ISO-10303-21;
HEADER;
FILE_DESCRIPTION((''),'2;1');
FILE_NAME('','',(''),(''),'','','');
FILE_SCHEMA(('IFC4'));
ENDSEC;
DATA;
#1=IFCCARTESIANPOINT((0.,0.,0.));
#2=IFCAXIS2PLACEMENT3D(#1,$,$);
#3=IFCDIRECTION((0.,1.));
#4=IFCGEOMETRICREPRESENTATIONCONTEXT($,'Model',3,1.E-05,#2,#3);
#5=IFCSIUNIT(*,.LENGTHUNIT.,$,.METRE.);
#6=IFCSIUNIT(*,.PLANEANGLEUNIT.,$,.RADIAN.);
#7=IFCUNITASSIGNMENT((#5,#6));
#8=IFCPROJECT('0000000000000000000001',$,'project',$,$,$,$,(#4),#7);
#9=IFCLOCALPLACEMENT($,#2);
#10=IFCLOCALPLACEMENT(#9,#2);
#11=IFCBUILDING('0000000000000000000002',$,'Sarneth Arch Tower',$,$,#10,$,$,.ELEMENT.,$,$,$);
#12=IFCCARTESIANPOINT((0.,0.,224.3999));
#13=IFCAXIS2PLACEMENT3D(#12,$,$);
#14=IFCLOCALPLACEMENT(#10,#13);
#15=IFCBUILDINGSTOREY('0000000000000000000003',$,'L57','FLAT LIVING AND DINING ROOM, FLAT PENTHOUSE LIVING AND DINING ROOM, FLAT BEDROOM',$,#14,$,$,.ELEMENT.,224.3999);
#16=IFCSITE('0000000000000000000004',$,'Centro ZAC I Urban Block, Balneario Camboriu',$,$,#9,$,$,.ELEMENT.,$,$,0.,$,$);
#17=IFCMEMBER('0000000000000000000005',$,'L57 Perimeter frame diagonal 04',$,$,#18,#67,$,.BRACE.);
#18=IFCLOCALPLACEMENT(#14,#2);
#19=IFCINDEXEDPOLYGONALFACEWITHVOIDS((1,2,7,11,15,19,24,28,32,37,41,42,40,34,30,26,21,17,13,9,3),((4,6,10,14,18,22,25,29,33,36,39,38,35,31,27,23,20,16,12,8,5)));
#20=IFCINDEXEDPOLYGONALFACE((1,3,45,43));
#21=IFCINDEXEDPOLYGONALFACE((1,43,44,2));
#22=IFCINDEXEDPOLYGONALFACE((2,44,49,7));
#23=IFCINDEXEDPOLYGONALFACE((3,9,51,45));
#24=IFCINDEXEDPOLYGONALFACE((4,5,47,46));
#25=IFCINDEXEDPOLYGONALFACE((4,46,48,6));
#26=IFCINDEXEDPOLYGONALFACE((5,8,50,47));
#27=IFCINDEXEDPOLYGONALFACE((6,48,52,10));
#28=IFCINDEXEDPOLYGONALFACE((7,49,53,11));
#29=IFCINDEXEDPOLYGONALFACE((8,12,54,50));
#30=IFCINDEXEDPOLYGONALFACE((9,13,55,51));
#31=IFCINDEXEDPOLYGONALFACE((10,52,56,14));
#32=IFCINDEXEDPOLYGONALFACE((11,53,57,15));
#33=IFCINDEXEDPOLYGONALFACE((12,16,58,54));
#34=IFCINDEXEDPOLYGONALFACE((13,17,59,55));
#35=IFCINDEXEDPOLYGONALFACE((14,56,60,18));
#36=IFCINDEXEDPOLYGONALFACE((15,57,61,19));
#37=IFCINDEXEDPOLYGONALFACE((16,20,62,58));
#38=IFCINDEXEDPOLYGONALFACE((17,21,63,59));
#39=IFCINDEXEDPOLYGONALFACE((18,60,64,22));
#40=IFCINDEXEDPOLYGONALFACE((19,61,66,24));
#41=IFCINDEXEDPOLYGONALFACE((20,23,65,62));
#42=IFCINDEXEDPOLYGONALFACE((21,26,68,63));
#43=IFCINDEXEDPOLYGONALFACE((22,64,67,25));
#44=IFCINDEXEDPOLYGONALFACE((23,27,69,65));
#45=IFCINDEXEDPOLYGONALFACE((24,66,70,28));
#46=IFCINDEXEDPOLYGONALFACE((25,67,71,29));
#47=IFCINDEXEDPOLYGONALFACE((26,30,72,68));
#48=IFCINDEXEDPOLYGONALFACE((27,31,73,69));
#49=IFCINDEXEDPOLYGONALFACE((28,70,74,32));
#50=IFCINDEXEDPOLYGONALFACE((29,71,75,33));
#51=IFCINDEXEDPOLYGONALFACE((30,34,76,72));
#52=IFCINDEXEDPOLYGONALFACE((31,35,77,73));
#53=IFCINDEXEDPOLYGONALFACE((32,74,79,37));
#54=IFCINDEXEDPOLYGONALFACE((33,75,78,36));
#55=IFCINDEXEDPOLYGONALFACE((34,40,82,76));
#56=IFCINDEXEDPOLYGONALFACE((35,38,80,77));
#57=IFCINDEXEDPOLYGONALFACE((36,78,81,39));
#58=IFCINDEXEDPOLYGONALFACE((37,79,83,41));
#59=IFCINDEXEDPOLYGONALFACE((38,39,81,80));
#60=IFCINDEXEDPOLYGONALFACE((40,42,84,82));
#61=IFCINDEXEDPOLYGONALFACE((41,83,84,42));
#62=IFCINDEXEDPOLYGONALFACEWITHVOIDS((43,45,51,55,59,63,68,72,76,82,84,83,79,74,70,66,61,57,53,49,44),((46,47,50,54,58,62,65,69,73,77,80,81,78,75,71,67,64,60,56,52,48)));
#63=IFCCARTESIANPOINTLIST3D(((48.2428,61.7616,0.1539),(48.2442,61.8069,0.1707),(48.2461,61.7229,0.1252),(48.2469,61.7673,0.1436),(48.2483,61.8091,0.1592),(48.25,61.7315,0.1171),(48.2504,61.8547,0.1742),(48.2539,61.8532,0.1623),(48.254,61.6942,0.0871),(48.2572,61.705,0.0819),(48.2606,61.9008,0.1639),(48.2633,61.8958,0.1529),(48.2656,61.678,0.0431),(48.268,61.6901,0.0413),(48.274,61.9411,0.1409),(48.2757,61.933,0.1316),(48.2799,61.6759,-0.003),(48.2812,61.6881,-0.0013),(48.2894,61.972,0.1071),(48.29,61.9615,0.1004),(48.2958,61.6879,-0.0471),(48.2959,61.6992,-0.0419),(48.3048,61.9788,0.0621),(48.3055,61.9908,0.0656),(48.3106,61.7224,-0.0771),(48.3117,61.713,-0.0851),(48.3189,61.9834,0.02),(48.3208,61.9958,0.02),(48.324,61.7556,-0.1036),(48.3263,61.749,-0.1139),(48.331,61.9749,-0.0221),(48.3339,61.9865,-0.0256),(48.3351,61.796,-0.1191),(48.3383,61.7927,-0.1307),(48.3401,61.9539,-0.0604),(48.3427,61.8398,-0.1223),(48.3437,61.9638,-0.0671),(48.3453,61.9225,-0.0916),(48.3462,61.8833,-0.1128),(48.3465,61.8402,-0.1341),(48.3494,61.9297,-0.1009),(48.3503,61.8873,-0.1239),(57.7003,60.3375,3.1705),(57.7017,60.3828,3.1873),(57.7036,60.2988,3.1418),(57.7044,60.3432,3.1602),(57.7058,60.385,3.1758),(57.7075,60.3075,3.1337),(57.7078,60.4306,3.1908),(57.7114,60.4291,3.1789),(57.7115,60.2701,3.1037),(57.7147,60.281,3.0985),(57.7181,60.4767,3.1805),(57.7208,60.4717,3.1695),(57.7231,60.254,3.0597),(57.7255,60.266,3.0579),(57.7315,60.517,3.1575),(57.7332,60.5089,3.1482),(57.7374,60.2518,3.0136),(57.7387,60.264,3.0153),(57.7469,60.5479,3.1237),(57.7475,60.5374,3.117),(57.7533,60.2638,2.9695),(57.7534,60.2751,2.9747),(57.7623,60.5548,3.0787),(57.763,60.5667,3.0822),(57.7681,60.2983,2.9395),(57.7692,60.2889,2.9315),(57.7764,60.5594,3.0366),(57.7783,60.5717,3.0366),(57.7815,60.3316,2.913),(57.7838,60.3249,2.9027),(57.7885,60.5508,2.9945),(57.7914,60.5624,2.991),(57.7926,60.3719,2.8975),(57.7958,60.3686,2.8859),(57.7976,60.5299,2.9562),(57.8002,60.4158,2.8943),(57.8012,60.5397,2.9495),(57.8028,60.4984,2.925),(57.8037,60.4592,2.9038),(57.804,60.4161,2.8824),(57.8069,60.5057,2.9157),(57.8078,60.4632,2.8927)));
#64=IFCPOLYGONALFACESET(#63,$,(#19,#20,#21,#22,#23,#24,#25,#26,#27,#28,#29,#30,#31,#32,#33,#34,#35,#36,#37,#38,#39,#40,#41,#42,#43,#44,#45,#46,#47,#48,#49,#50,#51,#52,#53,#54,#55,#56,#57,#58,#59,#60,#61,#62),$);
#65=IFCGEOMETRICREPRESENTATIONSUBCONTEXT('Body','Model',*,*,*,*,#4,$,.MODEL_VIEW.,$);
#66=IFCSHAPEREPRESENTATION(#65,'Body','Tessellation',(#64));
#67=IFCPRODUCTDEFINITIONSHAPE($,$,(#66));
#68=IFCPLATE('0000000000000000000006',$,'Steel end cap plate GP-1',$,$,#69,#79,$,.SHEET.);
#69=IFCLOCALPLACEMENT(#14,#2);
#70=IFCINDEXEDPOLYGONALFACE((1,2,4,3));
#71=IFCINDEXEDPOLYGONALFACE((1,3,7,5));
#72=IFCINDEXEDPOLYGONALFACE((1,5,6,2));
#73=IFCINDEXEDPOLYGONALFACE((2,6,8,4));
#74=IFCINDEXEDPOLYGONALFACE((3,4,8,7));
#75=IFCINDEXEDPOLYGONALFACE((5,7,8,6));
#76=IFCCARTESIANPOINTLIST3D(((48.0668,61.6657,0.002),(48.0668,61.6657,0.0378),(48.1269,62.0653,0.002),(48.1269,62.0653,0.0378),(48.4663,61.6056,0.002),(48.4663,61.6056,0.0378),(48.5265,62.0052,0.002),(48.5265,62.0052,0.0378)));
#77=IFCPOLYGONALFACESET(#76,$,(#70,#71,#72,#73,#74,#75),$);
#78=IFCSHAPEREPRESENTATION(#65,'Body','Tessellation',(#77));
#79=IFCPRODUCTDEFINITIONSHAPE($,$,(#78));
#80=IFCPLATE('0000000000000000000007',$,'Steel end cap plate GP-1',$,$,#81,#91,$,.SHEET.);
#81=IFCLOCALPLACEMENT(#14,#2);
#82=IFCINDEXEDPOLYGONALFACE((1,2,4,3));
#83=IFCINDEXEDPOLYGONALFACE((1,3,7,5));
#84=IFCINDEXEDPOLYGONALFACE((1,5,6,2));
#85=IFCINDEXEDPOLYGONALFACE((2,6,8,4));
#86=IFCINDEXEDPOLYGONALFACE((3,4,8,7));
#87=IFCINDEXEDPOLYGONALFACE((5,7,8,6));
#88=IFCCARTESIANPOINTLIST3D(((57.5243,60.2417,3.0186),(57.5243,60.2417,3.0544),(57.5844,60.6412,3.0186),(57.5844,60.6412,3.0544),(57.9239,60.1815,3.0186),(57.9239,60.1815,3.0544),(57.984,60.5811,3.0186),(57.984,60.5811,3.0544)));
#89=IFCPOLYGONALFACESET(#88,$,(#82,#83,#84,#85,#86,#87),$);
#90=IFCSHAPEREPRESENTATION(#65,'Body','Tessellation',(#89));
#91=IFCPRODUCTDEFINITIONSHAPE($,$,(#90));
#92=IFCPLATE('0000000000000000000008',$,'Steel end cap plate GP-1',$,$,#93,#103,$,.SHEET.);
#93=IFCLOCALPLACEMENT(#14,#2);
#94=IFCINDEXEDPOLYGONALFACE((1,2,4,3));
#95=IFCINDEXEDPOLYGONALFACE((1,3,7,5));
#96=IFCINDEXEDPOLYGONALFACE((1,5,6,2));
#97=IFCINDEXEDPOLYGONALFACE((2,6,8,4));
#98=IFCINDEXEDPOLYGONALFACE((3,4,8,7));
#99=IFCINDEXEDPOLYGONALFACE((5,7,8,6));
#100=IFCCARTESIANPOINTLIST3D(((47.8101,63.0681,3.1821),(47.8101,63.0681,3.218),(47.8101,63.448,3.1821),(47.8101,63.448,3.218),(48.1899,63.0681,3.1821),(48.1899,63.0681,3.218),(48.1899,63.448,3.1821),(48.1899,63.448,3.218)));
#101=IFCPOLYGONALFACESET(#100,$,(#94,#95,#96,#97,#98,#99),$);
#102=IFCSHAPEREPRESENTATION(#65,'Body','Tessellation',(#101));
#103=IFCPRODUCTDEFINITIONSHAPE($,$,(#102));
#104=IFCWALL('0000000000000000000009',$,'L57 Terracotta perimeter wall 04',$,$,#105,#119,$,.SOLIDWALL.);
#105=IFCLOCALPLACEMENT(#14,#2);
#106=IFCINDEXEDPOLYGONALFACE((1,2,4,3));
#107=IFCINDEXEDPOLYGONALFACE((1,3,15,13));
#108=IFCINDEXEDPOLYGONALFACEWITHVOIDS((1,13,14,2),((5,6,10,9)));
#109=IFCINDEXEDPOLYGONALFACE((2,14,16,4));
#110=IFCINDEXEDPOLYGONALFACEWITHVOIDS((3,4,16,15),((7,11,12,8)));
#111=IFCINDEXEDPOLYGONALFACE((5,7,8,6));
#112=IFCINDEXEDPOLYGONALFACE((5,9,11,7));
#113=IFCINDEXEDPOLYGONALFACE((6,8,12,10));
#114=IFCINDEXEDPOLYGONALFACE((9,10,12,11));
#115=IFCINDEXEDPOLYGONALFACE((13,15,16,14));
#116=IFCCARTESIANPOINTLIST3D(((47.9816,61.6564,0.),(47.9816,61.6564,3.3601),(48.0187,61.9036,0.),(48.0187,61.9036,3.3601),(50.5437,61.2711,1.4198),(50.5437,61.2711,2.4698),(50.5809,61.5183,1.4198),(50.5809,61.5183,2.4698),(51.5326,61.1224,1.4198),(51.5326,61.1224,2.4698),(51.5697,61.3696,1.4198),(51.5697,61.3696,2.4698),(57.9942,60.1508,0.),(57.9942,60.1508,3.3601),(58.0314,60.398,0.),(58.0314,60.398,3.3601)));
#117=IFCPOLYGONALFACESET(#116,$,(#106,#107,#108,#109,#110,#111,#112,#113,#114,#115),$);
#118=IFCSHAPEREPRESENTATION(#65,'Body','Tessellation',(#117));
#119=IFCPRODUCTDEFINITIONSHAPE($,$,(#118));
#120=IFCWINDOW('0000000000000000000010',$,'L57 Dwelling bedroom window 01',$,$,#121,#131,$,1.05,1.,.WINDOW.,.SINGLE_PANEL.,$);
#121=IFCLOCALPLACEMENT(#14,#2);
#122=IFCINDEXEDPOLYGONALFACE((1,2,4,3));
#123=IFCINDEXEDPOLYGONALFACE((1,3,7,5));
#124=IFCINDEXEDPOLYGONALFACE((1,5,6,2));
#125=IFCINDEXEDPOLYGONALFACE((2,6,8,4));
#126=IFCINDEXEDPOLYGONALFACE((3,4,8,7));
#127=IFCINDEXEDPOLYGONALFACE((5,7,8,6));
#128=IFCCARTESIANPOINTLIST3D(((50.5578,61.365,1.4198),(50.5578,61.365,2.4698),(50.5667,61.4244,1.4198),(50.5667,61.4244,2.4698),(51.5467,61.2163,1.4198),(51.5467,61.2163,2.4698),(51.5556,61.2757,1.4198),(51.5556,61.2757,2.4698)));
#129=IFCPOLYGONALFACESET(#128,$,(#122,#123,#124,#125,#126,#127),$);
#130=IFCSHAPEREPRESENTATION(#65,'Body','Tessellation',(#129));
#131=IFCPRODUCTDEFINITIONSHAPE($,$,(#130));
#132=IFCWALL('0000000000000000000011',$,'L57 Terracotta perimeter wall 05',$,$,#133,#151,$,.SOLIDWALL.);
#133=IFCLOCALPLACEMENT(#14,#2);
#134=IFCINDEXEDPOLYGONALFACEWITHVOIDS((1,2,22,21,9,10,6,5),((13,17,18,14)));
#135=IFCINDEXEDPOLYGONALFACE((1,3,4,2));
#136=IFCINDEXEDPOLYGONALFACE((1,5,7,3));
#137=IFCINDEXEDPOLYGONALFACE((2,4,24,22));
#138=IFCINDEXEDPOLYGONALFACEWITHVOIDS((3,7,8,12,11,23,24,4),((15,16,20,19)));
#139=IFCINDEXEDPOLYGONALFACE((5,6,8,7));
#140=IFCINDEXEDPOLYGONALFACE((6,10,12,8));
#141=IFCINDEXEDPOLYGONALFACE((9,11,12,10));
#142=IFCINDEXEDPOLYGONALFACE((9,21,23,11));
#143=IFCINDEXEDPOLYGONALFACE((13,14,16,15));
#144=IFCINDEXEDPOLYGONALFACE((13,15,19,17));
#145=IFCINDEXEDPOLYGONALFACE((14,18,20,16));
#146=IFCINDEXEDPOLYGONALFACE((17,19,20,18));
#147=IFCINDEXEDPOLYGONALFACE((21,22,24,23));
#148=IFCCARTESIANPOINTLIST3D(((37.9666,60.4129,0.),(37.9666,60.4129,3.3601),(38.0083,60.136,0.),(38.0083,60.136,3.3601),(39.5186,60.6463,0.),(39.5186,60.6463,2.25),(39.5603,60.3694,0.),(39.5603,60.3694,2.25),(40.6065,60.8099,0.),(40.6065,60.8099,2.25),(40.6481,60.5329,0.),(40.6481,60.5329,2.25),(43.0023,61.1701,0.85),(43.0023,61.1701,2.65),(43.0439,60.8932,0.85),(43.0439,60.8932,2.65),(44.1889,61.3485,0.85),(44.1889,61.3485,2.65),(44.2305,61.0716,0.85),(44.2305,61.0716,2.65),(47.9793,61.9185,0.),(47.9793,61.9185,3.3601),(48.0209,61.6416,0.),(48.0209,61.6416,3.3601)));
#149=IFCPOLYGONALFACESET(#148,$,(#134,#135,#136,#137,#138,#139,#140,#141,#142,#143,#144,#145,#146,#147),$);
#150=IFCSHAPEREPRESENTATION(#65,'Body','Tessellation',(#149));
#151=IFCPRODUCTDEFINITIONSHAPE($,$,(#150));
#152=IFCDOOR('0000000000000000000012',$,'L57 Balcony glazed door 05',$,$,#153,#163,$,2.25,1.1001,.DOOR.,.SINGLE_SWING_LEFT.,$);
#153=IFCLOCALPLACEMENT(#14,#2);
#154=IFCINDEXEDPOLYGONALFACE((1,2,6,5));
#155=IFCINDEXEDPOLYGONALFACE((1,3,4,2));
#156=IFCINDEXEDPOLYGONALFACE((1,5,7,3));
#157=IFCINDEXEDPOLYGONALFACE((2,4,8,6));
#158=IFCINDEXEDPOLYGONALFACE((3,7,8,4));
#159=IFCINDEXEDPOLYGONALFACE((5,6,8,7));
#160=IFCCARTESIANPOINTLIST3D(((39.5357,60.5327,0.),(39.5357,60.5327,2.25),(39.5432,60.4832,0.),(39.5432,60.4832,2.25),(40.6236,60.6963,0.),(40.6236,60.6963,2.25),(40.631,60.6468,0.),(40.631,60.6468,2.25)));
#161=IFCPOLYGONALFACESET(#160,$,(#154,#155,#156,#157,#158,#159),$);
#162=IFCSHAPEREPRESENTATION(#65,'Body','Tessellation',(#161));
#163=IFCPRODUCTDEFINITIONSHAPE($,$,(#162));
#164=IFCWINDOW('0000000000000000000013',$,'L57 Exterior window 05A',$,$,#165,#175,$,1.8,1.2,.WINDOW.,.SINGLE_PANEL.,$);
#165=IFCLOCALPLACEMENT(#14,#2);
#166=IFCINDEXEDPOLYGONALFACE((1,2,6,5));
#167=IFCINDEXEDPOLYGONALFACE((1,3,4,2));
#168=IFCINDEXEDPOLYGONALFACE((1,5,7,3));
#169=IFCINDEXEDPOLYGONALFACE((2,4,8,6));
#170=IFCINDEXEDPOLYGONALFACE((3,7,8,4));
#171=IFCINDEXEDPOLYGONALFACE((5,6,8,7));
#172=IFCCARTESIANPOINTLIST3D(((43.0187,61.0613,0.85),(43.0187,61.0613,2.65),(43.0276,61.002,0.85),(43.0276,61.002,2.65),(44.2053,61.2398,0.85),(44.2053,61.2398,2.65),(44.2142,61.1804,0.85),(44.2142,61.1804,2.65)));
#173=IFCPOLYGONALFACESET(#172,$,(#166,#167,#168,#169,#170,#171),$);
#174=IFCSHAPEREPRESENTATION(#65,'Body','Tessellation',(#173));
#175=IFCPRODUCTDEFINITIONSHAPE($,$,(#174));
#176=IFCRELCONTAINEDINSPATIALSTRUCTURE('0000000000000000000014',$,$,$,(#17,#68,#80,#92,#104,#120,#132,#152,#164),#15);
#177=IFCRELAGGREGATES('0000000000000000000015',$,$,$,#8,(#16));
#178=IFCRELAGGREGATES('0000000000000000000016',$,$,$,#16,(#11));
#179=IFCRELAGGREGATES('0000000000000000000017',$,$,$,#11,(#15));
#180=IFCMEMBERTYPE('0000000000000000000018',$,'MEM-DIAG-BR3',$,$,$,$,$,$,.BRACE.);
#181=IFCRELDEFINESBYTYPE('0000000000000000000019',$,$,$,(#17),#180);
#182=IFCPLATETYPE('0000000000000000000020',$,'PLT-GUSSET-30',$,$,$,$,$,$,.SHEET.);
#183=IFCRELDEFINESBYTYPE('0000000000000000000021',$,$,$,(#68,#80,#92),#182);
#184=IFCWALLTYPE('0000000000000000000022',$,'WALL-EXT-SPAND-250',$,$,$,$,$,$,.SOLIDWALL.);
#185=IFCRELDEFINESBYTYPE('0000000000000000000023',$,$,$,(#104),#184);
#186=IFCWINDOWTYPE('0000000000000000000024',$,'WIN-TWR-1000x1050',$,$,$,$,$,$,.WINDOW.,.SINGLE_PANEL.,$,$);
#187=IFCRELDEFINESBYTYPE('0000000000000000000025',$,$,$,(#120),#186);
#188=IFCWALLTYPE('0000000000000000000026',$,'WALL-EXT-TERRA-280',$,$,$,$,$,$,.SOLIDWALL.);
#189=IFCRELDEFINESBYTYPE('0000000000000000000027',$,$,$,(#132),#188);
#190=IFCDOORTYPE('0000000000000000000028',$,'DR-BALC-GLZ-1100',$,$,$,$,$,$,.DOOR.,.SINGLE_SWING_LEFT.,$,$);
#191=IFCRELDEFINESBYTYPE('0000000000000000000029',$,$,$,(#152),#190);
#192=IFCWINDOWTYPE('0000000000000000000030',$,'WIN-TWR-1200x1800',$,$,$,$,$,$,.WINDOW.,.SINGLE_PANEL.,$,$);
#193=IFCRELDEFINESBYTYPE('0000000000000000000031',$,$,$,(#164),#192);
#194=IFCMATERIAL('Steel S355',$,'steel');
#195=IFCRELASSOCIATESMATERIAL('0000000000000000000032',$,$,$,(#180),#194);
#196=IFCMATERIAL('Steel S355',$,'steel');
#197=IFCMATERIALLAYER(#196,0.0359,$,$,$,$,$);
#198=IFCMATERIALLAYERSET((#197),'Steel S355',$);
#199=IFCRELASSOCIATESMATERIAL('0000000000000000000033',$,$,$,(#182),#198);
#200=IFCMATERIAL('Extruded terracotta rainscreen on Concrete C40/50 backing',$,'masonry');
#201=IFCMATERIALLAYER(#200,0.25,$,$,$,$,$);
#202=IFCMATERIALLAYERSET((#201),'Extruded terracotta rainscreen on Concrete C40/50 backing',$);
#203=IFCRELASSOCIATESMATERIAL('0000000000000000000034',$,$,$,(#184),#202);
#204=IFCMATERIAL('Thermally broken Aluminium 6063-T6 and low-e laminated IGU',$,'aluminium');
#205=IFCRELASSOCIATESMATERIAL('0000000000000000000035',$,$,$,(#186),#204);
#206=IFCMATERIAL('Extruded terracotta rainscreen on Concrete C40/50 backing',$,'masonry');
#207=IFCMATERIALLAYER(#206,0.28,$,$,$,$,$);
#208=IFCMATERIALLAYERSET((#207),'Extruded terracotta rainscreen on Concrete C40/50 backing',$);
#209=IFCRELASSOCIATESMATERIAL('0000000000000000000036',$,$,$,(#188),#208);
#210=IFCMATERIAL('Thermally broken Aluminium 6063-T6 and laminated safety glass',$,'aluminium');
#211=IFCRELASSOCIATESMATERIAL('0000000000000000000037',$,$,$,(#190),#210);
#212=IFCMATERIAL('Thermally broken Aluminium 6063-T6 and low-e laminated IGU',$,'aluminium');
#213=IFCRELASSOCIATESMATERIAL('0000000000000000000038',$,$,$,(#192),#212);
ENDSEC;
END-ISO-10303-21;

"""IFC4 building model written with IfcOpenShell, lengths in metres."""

from ifc_helpers import new_model, si_unit, direction, frame, frame_2d, origin, origin_2d, place, context, subcontext, project, spatial, rectangle, hollow_circle, extrude, material, layer, layer_set, material_profile, profile_set, type_object, element, fill, save


model = new_model("IFC4")

# Units and contexts
model_context = context("Model", 3, precision=1e-05, world=origin(), true_north=direction((0.0, 1.0)))
body_context = subcontext(model_context, "Body", "Model", "MODEL_VIEW")
ifc_project = project(units=[si_unit("LENGTHUNIT", "METRE"), si_unit("PLANEANGLEUNIT", "RADIAN")], contexts=[model_context])

# Site, building, storey
site_placement = place(None, origin())
site = spatial("IfcSite", under=ifc_project, at=site_placement, Name="Centro ZAC I Urban Block, Balneario Camboriu", CompositionType="ELEMENT", RefElevation=0.0)
building_placement = place(site_placement, origin())
building = spatial("IfcBuilding", under=site, at=building_placement, Name="Sarneth Arch Tower", CompositionType="ELEMENT")
storey_placement = place(building_placement, frame((0.0, 0.0, 224.3999)))
storey = spatial("IfcBuildingStorey", under=building, at=storey_placement, Name="L57", Description="FLAT LIVING AND DINING ROOM, FLAT PENTHOUSE LIVING AND DINING ROOM, FLAT BEDROOM", CompositionType="ELEMENT", Elevation=224.3999)

# Member
ifc_material_1 = material(Name="Steel S355", Category="steel")
ifc_material_profile_1 = material_profile(ifc_material_1, hollow_circle(Radius=0.1621, WallThickness=0.0125, at=origin_2d()), Name="CHS324x12.5")
ifc_profile_set_1 = profile_set([ifc_material_profile_1], Name="Steel S355")
member_type_1 = type_object("IfcMemberType", Name="MEM-DIAG-BR3", PredefinedType="BRACE", material=ifc_profile_set_1)
member_1_placement = place(storey_placement, frame((48.2966, 61.8354, 0.02), z_axis=(0.943056, -0.142001, 0.3008), x_axis=(0.148897, 0.988853, 0.0)))
element("IfcMember", 1, at=member_1_placement, inside=storey, type_object=member_type_1, Name="L57 Perimeter frame diagonal 04", PredefinedType="BRACE", context=body_context, shape_type="SweptSolid", body=[
    extrude(hollow_circle(Radius=0.1621, WallThickness=0.0125, at=origin_2d()), origin(), (0.0, 0.0, 1.0), 10.0286),
])

# Plates
ifc_material_2 = material(Name="Steel S355", Category="steel")
ifc_layer_1 = layer(ifc_material_2, 0.0359)
ifc_layer_set_1 = layer_set([ifc_layer_1], Name="Steel S355")
plate_type = type_object("IfcPlateType", Name="PLT-GUSSET-30", PredefinedType="SHEET", material=ifc_layer_set_1)
for number, where, z_axis, x_axis, name in (
    (2, (48.2966, 61.8354, 0.002), (0.0, 0.0, 1.0), (-0.988861, 0.148845, 0.0), "Steel end cap plate GP-1"),
    (3, (57.7542, 60.4114, 3.0186), (0.0, 0.0, 1.0), (-0.988861, 0.148845, 0.0), "Steel end cap plate GP-1"),
):
    element("IfcPlate", number, at=place(storey_placement, frame(where, z_axis=z_axis, x_axis=x_axis)), inside=storey, type_object=plate_type, Name=name, PredefinedType="SHEET", context=body_context, shape_type="SweptSolid", body=[
        extrude(rectangle(XDim=0.4041, YDim=0.4041, at=origin_2d()), origin(), (0.0, 0.0, 1.0), 0.0359),
    ])
plate_placement = place(storey_placement, frame((48.0, 63.2581, 3.1821), z_axis=(0.0, 0.0, 1.0), x_axis=(0.0, 1.0, 0.0)))
element("IfcPlate", 4, at=plate_placement, inside=storey, type_object=plate_type, Name="Steel end cap plate GP-1", PredefinedType="SHEET", context=body_context, shape_type="SweptSolid", body=[
    extrude(rectangle(XDim=0.3799, YDim=0.3799, at=origin_2d()), origin(), (0.0, 0.0, 1.0), 0.0359),
])

# Wall, opening, window
ifc_material_3 = material(Name="Extruded terracotta rainscreen on Concrete C40/50 backing", Category="masonry")
ifc_layer_2 = layer(ifc_material_3, 0.25)
ifc_layer_set_2 = layer_set([ifc_layer_2], Name="Extruded terracotta rainscreen on Concrete C40/50 backing")
wall_type_1 = type_object("IfcWallType", Name="WALL-EXT-SPAND-250", PredefinedType="SOLIDWALL", material=ifc_layer_set_2)
wall_1_placement = place(storey_placement, frame((58.0127, 60.2744, 0.0), z_axis=(0.0, 0.0, 1.0), x_axis=(-0.988883, 0.148699, 0.0)))
wall_1 = element("IfcWall", 5, at=wall_1_placement, inside=storey, type_object=wall_type_1, Name="L57 Terracotta perimeter wall 04", PredefinedType="SOLIDWALL", context=body_context, shape_type="SweptSolid", body=[
    extrude(rectangle(XDim=10.1252, YDim=0.25, at=frame_2d((5.0625, 0.0))), origin(), (0.0, 0.0, 1.0), 3.3601),
])
opening_1_placement = place(wall_1_placement, frame((6.5342, 0.0, 1.4199)))
opening_1 = element("IfcOpeningElement", 6, at=opening_1_placement, cuts=wall_1, PredefinedType="OPENING", context=body_context, shape_type="SweptSolid", body=[
    extrude(rectangle(XDim=1.0, YDim=1.05, at=frame_2d((0.5, 0.5249))), frame((0.0, 0.135, 0.0), z_axis=(0.0, -1.0, 0.0), x_axis=(1.0, 0.0, 0.0)), (0.0, 0.0, 1.0), 0.27),
])
ifc_material_4 = material(Name="Thermally broken Aluminium 6063-T6 and low-e laminated IGU", Category="aluminium")
window_type_1 = type_object("IfcWindowType", Name="WIN-TWR-1000x1050", PartitioningType="SINGLE_PANEL", PredefinedType="WINDOW", material=ifc_material_4)
window_1_placement = place(opening_1_placement, origin())
window_1 = element("IfcWindow", 7, at=window_1_placement, inside=storey, type_object=window_type_1, Name="L57 Dwelling bedroom window 01", OverallHeight=1.05, OverallWidth=1.0, PartitioningType="SINGLE_PANEL", PredefinedType="WINDOW", context=body_context, shape_type="SweptSolid", body=[
    extrude(rectangle(XDim=1.0, YDim=1.05, at=frame_2d((0.5, 0.5249))), frame((0.0, 0.03, 0.0), z_axis=(0.0, -1.0, 0.0), x_axis=(1.0, 0.0, 0.0)), (0.0, 0.0, 1.0), 0.0601),
])
fill(opening_1, window_1)

# Wall, openings, door, window
ifc_material_5 = material(Name="Extruded terracotta rainscreen on Concrete C40/50 backing", Category="masonry")
ifc_layer_3 = layer(ifc_material_5, 0.28)
ifc_layer_set_3 = layer_set([ifc_layer_3], Name="Extruded terracotta rainscreen on Concrete C40/50 backing")
wall_type_2 = type_object("IfcWallType", Name="WALL-EXT-TERRA-280", PredefinedType="SOLIDWALL", material=ifc_layer_set_3)
wall_2_placement = place(storey_placement, frame((48.0, 61.78, 0.0), z_axis=(0.0, 0.0, 1.0), x_axis=(-0.988883, -0.148699, 0.0)))
wall_2 = element("IfcWall", 8, at=wall_2_placement, inside=storey, type_object=wall_type_2, Name="L57 Terracotta perimeter wall 05", PredefinedType="SOLIDWALL", context=body_context, shape_type="SweptSolid", body=[
    extrude(rectangle(XDim=10.1252, YDim=0.28, at=frame_2d((5.0625, 0.0))), origin(), (0.0, 0.0, 1.0), 3.3601),
])
opening_2_placement = place(wall_2_placement, frame((3.8328, 0.0, 0.8501)))
opening_2 = element("IfcOpeningElement", 9, at=opening_2_placement, cuts=wall_2, PredefinedType="OPENING", context=body_context, shape_type="SweptSolid", body=[
    extrude(rectangle(XDim=1.2, YDim=1.8, at=frame_2d((0.6001, 0.8999))), frame((0.0, 0.1499, 0.0), z_axis=(0.0, -1.0, 0.0), x_axis=(1.0, 0.0, 0.0)), (0.0, 0.0, 1.0), 0.3),
])
opening_3_placement = place(wall_2_placement, frame((7.4556, 0.0, 0.0)))
opening_3 = element("IfcOpeningElement", 10, at=opening_3_placement, cuts=wall_2, PredefinedType="OPENING", context=body_context, shape_type="SweptSolid", body=[
    extrude(rectangle(XDim=1.1001, YDim=2.25, at=frame_2d((0.55, 1.125))), frame((0.0, 0.1499, 0.0), z_axis=(0.0, -1.0, 0.0), x_axis=(1.0, 0.0, 0.0)), (0.0, 0.0, 1.0), 0.3),
])
ifc_material_6 = material(Name="Thermally broken Aluminium 6063-T6 and laminated safety glass", Category="aluminium")
door_type_1 = type_object("IfcDoorType", Name="DR-BALC-GLZ-1100", OperationType="SINGLE_SWING_LEFT", PredefinedType="DOOR", material=ifc_material_6)
door_1_placement = place(opening_3_placement, origin())
door_1 = element("IfcDoor", 11, at=door_1_placement, inside=storey, type_object=door_type_1, Name="L57 Balcony glazed door 05", OperationType="SINGLE_SWING_LEFT", OverallHeight=2.25, OverallWidth=1.1001, PredefinedType="DOOR", context=body_context, shape_type="SweptSolid", body=[
    extrude(rectangle(XDim=1.1001, YDim=2.25, at=frame_2d((0.55, 1.125))), frame((0.0, 0.0249, 0.0), z_axis=(0.0, -1.0, 0.0), x_axis=(1.0, 0.0, 0.0)), (0.0, 0.0, 1.0), 0.05),
])
fill(opening_3, door_1)
ifc_material_7 = material(Name="Thermally broken Aluminium 6063-T6 and low-e laminated IGU", Category="aluminium")
window_type_2 = type_object("IfcWindowType", Name="WIN-TWR-1200x1800", PartitioningType="SINGLE_PANEL", PredefinedType="WINDOW", material=ifc_material_7)
window_2_placement = place(opening_2_placement, origin())
window_2 = element("IfcWindow", 12, at=window_2_placement, inside=storey, type_object=window_type_2, Name="L57 Exterior window 05A", OverallHeight=1.8, OverallWidth=1.2, PartitioningType="SINGLE_PANEL", PredefinedType="WINDOW", context=body_context, shape_type="SweptSolid", body=[
    extrude(rectangle(XDim=1.2, YDim=1.8, at=frame_2d((0.6001, 0.8999))), frame((0.0, 0.03, 0.0), z_axis=(0.0, -1.0, 0.0), x_axis=(1.0, 0.0, 0.0)), (0.0, 0.0, 1.0), 0.0601),
])
fill(opening_2, window_2)

save(model, "model.ifc")
